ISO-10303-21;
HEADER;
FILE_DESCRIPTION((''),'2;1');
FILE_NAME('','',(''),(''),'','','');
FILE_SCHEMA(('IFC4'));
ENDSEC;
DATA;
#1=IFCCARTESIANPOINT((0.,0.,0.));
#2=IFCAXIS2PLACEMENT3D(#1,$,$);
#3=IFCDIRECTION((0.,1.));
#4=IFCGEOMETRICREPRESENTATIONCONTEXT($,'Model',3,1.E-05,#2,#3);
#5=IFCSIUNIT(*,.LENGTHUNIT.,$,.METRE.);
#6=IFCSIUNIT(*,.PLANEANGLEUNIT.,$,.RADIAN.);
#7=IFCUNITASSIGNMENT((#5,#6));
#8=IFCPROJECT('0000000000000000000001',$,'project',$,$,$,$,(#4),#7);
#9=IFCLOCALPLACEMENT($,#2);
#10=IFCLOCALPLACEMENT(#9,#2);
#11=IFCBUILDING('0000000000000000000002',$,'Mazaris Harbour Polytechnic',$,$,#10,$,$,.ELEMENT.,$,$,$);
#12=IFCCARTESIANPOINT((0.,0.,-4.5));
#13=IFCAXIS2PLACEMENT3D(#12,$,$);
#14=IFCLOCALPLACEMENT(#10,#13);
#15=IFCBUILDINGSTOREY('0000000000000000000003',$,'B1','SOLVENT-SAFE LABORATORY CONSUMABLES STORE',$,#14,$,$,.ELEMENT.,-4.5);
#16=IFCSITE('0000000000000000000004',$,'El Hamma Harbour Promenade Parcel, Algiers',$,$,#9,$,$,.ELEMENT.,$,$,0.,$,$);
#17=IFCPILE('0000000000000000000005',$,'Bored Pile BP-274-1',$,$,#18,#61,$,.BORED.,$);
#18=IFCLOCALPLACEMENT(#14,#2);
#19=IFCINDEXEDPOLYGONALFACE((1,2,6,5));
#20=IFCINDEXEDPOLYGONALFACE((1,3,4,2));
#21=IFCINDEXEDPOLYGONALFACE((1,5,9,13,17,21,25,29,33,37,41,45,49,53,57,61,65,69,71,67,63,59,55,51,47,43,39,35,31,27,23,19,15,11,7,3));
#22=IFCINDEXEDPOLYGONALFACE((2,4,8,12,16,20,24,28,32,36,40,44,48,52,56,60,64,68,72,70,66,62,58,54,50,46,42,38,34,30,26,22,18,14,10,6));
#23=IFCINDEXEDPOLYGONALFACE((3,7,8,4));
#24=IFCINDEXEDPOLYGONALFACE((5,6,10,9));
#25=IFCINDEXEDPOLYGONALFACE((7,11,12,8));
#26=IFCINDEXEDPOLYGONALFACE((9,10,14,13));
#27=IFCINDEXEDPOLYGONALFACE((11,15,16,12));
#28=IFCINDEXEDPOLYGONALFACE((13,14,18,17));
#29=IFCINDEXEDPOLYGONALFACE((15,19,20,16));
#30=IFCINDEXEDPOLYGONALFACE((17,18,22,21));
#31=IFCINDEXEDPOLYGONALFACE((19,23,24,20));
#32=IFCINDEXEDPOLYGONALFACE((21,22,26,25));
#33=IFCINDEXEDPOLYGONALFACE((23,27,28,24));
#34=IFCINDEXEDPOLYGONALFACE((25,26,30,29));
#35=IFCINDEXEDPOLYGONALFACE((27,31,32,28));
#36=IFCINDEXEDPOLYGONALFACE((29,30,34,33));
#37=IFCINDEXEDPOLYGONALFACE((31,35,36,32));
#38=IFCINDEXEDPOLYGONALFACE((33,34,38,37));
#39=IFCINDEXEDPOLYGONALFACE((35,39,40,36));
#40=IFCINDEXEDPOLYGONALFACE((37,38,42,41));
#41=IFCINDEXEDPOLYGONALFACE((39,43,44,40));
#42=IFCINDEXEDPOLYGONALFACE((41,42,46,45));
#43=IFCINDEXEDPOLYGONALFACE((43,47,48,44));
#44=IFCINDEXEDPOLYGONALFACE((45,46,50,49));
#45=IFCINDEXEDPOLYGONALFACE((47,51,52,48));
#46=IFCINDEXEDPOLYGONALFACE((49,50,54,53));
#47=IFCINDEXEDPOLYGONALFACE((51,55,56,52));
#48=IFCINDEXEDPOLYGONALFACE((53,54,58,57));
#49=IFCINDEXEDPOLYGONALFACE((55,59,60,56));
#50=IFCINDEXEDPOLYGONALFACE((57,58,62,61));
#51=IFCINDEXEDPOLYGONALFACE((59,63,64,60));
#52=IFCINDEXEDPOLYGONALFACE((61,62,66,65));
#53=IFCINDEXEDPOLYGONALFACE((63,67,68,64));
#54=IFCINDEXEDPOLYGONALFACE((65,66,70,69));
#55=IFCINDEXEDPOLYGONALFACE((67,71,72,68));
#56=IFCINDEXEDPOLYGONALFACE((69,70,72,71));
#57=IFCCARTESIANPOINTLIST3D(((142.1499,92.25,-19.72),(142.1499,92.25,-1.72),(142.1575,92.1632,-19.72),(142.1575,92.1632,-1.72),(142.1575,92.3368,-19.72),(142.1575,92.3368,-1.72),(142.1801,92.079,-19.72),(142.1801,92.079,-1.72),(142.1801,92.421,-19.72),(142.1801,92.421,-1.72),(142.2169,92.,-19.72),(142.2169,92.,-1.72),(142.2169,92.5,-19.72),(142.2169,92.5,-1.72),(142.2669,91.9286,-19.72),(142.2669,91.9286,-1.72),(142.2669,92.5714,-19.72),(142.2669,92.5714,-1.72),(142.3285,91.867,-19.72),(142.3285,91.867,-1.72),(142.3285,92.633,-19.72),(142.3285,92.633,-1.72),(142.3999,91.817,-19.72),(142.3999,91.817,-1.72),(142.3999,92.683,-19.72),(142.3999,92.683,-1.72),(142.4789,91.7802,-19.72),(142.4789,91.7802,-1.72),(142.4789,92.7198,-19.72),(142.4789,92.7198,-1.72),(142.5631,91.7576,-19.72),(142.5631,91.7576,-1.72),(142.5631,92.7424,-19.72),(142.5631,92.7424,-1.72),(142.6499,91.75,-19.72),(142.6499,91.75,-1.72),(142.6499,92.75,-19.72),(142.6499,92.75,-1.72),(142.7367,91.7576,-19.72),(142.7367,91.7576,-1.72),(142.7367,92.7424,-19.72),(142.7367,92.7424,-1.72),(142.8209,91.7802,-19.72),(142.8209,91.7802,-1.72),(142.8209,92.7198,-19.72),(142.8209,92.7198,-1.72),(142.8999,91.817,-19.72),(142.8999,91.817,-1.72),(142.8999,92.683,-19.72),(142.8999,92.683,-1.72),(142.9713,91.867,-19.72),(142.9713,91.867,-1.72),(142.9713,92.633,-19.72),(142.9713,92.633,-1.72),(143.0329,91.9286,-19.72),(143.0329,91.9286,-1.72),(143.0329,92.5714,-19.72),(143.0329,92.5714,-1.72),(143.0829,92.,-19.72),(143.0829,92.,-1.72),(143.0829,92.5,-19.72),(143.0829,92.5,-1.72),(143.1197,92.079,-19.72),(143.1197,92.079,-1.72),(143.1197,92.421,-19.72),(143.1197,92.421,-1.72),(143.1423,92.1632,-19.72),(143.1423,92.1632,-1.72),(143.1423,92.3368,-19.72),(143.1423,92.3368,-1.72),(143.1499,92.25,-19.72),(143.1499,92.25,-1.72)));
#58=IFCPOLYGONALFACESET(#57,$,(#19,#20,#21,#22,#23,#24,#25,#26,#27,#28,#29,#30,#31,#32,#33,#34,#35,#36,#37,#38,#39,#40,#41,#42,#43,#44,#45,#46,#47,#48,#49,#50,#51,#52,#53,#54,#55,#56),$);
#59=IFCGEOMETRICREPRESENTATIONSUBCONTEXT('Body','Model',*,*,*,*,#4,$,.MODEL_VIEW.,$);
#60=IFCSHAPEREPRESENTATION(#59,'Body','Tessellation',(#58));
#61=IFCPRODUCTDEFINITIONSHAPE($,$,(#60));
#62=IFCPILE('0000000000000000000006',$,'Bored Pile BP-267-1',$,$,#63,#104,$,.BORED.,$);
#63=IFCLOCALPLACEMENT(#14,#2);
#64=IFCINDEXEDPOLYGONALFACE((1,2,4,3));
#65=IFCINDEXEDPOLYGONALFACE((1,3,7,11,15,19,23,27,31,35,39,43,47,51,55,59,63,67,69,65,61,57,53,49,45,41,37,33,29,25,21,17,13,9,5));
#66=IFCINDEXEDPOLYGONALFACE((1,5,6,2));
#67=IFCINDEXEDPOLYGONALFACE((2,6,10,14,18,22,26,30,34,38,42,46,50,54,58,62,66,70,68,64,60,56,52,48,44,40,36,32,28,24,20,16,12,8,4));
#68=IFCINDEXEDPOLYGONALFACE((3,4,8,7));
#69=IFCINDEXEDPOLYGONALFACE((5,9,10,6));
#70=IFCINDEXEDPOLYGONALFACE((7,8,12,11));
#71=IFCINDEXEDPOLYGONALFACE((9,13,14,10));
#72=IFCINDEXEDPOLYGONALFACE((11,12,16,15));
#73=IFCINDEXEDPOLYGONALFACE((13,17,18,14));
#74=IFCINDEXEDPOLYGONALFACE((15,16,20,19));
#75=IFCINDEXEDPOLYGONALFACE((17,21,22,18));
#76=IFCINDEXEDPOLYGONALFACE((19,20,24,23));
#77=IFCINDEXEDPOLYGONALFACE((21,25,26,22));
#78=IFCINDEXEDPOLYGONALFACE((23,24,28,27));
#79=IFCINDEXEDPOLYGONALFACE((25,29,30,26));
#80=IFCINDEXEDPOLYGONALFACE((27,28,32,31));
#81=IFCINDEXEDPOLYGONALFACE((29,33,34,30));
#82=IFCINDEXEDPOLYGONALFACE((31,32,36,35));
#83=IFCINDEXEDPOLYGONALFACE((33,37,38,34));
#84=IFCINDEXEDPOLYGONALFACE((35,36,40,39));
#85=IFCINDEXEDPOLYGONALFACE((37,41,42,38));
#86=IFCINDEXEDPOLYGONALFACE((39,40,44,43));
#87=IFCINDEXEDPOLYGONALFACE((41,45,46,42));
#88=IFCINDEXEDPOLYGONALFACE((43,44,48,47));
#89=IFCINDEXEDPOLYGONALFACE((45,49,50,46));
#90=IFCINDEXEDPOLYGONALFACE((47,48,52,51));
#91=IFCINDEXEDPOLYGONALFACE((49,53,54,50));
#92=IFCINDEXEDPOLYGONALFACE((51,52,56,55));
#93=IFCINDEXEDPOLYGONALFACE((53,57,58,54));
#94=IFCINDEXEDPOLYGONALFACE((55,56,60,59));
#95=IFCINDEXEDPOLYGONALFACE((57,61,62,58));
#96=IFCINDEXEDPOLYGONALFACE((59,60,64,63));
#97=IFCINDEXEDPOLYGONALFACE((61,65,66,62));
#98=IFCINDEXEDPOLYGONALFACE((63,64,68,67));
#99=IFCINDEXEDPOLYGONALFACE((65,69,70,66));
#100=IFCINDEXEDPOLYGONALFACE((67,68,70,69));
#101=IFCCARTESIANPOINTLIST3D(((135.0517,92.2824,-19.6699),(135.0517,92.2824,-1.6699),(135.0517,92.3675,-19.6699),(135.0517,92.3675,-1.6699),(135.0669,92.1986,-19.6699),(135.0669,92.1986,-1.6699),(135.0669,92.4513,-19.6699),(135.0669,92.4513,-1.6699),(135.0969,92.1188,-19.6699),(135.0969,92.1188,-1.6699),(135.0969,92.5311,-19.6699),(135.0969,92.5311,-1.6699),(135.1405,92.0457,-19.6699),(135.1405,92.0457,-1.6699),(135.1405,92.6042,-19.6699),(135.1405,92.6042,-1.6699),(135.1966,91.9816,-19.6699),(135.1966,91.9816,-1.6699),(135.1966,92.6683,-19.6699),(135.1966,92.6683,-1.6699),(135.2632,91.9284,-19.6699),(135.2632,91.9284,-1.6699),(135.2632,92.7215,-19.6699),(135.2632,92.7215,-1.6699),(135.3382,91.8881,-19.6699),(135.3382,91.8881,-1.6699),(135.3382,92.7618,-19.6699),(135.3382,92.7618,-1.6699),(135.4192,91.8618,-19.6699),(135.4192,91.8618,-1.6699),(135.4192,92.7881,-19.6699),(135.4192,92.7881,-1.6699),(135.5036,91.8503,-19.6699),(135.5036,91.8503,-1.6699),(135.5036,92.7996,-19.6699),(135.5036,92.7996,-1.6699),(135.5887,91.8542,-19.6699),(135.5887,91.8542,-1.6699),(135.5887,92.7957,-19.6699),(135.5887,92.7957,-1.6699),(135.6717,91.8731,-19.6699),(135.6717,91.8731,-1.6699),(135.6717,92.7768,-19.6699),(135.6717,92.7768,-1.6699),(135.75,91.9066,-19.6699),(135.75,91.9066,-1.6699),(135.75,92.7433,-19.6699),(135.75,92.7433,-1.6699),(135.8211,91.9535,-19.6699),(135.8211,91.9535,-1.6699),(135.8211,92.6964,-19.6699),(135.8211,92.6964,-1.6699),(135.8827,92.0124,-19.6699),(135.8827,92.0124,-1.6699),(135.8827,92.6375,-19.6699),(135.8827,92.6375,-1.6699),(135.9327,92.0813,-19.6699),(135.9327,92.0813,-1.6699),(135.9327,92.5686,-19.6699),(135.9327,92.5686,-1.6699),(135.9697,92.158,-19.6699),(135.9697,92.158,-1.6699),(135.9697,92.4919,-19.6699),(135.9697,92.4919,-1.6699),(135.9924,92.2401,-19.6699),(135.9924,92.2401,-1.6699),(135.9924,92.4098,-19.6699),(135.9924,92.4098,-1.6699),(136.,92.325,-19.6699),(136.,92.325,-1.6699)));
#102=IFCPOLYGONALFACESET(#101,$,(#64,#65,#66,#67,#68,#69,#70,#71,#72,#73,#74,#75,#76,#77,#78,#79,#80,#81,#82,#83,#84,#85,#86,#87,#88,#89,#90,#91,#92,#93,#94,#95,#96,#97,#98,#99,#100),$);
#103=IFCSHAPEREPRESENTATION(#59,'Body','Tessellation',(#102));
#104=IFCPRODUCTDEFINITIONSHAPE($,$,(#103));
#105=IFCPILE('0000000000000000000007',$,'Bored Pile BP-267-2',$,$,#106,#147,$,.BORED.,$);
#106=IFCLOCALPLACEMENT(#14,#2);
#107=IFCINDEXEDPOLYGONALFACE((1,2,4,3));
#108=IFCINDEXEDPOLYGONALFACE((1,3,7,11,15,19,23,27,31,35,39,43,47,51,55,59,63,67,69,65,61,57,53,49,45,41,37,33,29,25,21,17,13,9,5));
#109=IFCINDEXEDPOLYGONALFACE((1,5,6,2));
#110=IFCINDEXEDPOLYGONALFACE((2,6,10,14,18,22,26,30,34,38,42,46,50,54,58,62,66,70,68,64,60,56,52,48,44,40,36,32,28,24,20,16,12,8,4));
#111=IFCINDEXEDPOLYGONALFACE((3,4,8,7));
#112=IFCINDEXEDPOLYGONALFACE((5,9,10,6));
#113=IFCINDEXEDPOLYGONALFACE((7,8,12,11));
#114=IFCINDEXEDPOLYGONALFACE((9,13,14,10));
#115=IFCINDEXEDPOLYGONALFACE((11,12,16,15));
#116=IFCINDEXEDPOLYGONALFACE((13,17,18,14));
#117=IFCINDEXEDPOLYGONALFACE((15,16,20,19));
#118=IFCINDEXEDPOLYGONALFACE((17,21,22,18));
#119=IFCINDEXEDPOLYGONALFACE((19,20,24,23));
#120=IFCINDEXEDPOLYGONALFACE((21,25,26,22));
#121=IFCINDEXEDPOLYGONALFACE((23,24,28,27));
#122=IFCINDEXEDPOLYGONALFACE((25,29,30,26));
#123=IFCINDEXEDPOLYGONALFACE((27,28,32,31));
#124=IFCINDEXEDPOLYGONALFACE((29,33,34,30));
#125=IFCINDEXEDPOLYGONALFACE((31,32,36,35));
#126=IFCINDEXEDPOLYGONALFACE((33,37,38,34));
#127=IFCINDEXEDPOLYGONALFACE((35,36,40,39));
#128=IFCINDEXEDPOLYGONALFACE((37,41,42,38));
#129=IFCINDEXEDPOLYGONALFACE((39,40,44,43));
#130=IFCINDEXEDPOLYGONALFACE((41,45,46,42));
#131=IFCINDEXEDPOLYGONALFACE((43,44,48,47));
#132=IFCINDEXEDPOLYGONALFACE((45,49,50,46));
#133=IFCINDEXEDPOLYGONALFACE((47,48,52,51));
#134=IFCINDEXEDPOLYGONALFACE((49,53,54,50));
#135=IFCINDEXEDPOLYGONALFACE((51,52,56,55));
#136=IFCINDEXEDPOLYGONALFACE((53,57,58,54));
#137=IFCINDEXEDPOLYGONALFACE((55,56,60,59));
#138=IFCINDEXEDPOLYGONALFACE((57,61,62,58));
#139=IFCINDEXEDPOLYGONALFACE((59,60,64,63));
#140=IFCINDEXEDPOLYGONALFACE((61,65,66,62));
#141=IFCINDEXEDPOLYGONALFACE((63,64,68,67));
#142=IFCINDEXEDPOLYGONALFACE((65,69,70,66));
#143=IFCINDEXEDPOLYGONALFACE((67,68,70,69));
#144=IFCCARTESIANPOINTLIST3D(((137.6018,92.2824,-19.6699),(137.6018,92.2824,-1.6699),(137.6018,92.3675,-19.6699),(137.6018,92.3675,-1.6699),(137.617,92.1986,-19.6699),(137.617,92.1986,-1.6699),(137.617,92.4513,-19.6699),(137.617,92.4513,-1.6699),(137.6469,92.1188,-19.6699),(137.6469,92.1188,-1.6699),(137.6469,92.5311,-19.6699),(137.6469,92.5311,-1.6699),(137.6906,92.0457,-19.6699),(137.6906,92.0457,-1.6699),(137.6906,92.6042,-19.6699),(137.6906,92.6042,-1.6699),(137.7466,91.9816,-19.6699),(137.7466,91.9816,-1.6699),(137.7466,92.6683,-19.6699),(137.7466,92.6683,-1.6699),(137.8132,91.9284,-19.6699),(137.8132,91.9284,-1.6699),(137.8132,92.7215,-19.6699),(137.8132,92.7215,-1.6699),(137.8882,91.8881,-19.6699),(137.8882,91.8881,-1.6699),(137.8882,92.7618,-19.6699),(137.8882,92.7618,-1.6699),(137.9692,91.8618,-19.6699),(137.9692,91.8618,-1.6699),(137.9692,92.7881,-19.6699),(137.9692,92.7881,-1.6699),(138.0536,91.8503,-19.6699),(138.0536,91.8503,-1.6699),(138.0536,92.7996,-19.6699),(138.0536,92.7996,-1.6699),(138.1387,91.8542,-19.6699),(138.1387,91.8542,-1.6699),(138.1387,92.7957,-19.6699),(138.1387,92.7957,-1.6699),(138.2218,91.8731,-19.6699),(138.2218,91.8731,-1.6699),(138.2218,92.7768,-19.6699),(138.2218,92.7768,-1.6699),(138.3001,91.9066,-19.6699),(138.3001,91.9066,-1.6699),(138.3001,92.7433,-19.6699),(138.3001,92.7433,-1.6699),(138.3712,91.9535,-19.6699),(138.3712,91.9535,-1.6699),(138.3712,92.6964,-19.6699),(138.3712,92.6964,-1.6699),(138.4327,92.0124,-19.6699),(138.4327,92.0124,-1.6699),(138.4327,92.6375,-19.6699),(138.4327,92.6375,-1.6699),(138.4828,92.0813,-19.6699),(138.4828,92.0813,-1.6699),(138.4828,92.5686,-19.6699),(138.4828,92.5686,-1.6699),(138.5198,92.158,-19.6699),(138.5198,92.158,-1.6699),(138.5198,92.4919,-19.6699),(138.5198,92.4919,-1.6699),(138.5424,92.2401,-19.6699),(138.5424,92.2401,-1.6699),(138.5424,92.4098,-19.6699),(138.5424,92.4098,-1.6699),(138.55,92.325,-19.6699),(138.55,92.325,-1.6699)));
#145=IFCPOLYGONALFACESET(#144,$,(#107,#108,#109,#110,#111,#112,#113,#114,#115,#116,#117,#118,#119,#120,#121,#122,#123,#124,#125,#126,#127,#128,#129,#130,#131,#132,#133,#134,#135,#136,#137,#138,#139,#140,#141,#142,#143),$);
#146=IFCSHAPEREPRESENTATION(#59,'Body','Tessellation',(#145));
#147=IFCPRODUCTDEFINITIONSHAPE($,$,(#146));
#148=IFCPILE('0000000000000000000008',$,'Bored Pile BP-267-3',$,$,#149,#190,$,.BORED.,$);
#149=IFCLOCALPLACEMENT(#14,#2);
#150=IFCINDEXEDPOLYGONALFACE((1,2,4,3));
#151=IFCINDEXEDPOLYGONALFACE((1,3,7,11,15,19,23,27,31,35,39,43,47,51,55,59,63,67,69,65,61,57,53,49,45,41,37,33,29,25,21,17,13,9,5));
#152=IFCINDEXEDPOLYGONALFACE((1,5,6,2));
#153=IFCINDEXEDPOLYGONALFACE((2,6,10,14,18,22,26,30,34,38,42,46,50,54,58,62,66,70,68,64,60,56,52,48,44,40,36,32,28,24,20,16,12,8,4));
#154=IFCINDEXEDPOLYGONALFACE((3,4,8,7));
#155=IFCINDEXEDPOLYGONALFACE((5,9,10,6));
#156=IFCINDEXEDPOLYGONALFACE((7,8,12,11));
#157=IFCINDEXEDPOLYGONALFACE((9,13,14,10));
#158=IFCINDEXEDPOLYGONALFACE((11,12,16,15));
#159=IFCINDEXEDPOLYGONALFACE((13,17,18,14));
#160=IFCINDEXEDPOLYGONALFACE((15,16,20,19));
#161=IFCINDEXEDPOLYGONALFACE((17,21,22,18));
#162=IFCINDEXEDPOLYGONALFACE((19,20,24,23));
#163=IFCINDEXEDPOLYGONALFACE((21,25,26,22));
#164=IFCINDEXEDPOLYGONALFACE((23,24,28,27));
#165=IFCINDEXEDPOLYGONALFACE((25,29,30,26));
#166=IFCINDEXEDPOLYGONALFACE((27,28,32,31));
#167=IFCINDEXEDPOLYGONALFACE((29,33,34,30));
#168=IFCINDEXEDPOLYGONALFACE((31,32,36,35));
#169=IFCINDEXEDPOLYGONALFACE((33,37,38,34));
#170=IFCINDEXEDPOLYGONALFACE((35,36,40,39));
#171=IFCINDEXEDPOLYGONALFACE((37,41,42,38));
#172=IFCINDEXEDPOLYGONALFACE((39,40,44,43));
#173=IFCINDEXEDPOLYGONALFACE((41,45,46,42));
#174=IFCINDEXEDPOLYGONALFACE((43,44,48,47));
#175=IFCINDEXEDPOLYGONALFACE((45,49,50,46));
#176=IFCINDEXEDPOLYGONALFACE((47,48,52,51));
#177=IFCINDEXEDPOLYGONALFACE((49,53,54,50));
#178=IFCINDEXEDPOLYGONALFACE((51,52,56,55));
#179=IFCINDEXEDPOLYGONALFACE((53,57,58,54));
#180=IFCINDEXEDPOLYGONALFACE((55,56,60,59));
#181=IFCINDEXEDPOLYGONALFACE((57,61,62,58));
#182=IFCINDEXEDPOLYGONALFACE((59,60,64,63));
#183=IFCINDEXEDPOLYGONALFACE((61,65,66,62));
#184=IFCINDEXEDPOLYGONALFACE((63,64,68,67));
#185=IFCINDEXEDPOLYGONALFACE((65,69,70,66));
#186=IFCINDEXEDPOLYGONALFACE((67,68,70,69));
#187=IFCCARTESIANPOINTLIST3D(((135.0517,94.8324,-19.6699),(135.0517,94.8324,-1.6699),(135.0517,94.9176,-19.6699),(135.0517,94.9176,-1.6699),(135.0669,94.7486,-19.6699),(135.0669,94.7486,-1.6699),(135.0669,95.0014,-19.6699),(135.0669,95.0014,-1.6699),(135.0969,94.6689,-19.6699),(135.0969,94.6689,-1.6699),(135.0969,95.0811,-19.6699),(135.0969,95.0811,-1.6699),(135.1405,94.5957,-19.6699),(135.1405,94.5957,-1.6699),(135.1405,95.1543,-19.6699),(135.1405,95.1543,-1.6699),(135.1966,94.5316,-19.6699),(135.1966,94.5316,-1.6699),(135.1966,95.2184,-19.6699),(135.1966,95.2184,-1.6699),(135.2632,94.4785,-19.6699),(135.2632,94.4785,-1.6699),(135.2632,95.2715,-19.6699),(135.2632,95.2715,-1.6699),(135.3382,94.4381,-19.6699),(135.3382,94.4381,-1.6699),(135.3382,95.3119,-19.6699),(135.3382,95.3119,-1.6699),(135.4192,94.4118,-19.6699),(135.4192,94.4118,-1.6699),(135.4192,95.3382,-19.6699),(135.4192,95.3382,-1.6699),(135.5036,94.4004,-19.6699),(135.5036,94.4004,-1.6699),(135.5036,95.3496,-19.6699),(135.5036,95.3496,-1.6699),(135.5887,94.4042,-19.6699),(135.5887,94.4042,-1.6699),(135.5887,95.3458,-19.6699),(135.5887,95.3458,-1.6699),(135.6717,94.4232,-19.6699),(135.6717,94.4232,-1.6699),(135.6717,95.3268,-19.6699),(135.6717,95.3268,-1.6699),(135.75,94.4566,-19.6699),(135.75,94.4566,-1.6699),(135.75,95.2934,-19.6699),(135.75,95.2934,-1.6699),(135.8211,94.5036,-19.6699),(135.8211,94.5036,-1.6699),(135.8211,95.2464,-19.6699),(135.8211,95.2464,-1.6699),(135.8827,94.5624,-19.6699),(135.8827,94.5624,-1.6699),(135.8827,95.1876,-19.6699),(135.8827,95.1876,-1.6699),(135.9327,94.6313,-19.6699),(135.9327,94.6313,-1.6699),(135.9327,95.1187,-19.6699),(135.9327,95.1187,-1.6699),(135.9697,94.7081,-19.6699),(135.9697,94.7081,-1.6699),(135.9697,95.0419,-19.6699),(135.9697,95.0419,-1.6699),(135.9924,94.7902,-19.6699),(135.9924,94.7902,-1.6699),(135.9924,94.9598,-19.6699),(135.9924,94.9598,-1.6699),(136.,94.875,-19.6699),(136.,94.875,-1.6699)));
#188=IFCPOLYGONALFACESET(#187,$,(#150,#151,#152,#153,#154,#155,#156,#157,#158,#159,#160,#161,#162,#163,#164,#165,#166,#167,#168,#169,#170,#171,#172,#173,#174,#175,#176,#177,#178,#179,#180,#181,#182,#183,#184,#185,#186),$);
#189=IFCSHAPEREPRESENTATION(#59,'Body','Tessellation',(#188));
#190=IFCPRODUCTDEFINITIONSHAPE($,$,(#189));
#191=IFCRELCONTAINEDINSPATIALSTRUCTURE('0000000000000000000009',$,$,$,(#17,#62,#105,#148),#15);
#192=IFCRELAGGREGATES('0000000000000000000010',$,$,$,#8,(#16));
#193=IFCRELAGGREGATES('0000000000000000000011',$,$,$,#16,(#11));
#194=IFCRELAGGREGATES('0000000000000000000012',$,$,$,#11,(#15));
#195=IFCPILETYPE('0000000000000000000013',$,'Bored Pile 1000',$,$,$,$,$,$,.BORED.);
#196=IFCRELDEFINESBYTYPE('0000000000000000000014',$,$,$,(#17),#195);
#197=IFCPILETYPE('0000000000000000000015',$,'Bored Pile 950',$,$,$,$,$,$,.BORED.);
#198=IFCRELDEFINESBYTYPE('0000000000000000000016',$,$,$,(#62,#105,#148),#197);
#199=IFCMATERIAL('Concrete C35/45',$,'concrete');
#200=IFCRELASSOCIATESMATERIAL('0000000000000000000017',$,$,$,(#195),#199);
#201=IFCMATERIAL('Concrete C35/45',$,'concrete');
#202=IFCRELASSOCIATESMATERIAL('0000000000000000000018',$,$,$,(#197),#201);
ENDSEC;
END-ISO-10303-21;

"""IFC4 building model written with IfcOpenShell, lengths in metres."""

from ifc_helpers import new_model, si_unit, direction, frame, origin, origin_2d, place, context, subcontext, project, spatial, circle, extrude, material, material_profile, profile_set, type_object, element, save


model = new_model("IFC4")

# Units and contexts
model_context = context("Model", 3, precision=1e-05, world=origin(), true_north=direction((0.0, 1.0)))
body_context = subcontext(model_context, "Body", "Model", "MODEL_VIEW")
ifc_project = project(units=[si_unit("LENGTHUNIT", "METRE"), si_unit("PLANEANGLEUNIT", "RADIAN")], contexts=[model_context])

# Site, building, storey
site_placement = place(None, origin())
site = spatial("IfcSite", under=ifc_project, at=site_placement, Name="El Hamma Harbour Promenade Parcel, Algiers", CompositionType="ELEMENT", RefElevation=0.0)
building_placement = place(site_placement, origin())
building = spatial("IfcBuilding", under=site, at=building_placement, Name="Mazaris Harbour Polytechnic", CompositionType="ELEMENT")
storey_placement = place(building_placement, frame((0.0, 0.0, -4.5)))
storey = spatial("IfcBuildingStorey", under=building, at=storey_placement, Name="B1", Description="SOLVENT-SAFE LABORATORY CONSUMABLES STORE", CompositionType="ELEMENT", Elevation=-4.5)

# Piles
ifc_material_1 = material(Name="Concrete C35/45", Category="concrete")
ifc_material_profile_1 = material_profile(ifc_material_1, circle(Radius=0.5, at=origin_2d()), Name="DIA1000")
ifc_profile_set_1 = profile_set([ifc_material_profile_1], Name="Concrete C35/45")
pile_type_1 = type_object("IfcPileType", Name="Bored Pile 1000", PredefinedType="BORED", material=ifc_profile_set_1)
pile_placement = place(storey_placement, frame((142.6499, 92.25, -1.72), z_axis=(0.0, 0.0, -1.0), x_axis=(1.0, 0.0, 0.0)))
element("IfcPile", 1, at=pile_placement, inside=storey, type_object=pile_type_1, Name="Bored Pile BP-274-1", PredefinedType="BORED", context=body_context, shape_type="SweptSolid", body=[
    extrude(circle(Radius=0.5, at=origin_2d()), origin(), (0.0, 0.0, 1.0), 18.0),
])
ifc_material_2 = material(Name="Concrete C35/45", Category="concrete")
ifc_material_profile_2 = material_profile(ifc_material_2, circle(Radius=0.4751, at=origin_2d()), Name="DIA950")
ifc_profile_set_2 = profile_set([ifc_material_profile_2], Name="Concrete C35/45")
pile_type_2 = type_object("IfcPileType", Name="Bored Pile 950", PredefinedType="BORED", material=ifc_profile_set_2)
for number, where, z_axis, x_axis, name in (
    (2, (135.5249, 92.325, -1.6699), (0.0, 0.0, -1.0), (1.0, 0.0, 0.0), "Bored Pile BP-267-1"),
    (3, (138.075, 92.325, -1.6699), (0.0, 0.0, -1.0), (1.0, 0.0, 0.0), "Bored Pile BP-267-2"),
    (4, (135.5249, 94.875, -1.6699), (0.0, 0.0, -1.0), (1.0, 0.0, 0.0), "Bored Pile BP-267-3"),
):
    element("IfcPile", number, at=place(storey_placement, frame(where, z_axis=z_axis, x_axis=x_axis)), inside=storey, type_object=pile_type_2, Name=name, PredefinedType="BORED", context=body_context, shape_type="SweptSolid", body=[
        extrude(circle(Radius=0.4751, at=origin_2d()), origin(), (0.0, 0.0, 1.0), 18.0),
    ])

save(model, "model.ifc")
